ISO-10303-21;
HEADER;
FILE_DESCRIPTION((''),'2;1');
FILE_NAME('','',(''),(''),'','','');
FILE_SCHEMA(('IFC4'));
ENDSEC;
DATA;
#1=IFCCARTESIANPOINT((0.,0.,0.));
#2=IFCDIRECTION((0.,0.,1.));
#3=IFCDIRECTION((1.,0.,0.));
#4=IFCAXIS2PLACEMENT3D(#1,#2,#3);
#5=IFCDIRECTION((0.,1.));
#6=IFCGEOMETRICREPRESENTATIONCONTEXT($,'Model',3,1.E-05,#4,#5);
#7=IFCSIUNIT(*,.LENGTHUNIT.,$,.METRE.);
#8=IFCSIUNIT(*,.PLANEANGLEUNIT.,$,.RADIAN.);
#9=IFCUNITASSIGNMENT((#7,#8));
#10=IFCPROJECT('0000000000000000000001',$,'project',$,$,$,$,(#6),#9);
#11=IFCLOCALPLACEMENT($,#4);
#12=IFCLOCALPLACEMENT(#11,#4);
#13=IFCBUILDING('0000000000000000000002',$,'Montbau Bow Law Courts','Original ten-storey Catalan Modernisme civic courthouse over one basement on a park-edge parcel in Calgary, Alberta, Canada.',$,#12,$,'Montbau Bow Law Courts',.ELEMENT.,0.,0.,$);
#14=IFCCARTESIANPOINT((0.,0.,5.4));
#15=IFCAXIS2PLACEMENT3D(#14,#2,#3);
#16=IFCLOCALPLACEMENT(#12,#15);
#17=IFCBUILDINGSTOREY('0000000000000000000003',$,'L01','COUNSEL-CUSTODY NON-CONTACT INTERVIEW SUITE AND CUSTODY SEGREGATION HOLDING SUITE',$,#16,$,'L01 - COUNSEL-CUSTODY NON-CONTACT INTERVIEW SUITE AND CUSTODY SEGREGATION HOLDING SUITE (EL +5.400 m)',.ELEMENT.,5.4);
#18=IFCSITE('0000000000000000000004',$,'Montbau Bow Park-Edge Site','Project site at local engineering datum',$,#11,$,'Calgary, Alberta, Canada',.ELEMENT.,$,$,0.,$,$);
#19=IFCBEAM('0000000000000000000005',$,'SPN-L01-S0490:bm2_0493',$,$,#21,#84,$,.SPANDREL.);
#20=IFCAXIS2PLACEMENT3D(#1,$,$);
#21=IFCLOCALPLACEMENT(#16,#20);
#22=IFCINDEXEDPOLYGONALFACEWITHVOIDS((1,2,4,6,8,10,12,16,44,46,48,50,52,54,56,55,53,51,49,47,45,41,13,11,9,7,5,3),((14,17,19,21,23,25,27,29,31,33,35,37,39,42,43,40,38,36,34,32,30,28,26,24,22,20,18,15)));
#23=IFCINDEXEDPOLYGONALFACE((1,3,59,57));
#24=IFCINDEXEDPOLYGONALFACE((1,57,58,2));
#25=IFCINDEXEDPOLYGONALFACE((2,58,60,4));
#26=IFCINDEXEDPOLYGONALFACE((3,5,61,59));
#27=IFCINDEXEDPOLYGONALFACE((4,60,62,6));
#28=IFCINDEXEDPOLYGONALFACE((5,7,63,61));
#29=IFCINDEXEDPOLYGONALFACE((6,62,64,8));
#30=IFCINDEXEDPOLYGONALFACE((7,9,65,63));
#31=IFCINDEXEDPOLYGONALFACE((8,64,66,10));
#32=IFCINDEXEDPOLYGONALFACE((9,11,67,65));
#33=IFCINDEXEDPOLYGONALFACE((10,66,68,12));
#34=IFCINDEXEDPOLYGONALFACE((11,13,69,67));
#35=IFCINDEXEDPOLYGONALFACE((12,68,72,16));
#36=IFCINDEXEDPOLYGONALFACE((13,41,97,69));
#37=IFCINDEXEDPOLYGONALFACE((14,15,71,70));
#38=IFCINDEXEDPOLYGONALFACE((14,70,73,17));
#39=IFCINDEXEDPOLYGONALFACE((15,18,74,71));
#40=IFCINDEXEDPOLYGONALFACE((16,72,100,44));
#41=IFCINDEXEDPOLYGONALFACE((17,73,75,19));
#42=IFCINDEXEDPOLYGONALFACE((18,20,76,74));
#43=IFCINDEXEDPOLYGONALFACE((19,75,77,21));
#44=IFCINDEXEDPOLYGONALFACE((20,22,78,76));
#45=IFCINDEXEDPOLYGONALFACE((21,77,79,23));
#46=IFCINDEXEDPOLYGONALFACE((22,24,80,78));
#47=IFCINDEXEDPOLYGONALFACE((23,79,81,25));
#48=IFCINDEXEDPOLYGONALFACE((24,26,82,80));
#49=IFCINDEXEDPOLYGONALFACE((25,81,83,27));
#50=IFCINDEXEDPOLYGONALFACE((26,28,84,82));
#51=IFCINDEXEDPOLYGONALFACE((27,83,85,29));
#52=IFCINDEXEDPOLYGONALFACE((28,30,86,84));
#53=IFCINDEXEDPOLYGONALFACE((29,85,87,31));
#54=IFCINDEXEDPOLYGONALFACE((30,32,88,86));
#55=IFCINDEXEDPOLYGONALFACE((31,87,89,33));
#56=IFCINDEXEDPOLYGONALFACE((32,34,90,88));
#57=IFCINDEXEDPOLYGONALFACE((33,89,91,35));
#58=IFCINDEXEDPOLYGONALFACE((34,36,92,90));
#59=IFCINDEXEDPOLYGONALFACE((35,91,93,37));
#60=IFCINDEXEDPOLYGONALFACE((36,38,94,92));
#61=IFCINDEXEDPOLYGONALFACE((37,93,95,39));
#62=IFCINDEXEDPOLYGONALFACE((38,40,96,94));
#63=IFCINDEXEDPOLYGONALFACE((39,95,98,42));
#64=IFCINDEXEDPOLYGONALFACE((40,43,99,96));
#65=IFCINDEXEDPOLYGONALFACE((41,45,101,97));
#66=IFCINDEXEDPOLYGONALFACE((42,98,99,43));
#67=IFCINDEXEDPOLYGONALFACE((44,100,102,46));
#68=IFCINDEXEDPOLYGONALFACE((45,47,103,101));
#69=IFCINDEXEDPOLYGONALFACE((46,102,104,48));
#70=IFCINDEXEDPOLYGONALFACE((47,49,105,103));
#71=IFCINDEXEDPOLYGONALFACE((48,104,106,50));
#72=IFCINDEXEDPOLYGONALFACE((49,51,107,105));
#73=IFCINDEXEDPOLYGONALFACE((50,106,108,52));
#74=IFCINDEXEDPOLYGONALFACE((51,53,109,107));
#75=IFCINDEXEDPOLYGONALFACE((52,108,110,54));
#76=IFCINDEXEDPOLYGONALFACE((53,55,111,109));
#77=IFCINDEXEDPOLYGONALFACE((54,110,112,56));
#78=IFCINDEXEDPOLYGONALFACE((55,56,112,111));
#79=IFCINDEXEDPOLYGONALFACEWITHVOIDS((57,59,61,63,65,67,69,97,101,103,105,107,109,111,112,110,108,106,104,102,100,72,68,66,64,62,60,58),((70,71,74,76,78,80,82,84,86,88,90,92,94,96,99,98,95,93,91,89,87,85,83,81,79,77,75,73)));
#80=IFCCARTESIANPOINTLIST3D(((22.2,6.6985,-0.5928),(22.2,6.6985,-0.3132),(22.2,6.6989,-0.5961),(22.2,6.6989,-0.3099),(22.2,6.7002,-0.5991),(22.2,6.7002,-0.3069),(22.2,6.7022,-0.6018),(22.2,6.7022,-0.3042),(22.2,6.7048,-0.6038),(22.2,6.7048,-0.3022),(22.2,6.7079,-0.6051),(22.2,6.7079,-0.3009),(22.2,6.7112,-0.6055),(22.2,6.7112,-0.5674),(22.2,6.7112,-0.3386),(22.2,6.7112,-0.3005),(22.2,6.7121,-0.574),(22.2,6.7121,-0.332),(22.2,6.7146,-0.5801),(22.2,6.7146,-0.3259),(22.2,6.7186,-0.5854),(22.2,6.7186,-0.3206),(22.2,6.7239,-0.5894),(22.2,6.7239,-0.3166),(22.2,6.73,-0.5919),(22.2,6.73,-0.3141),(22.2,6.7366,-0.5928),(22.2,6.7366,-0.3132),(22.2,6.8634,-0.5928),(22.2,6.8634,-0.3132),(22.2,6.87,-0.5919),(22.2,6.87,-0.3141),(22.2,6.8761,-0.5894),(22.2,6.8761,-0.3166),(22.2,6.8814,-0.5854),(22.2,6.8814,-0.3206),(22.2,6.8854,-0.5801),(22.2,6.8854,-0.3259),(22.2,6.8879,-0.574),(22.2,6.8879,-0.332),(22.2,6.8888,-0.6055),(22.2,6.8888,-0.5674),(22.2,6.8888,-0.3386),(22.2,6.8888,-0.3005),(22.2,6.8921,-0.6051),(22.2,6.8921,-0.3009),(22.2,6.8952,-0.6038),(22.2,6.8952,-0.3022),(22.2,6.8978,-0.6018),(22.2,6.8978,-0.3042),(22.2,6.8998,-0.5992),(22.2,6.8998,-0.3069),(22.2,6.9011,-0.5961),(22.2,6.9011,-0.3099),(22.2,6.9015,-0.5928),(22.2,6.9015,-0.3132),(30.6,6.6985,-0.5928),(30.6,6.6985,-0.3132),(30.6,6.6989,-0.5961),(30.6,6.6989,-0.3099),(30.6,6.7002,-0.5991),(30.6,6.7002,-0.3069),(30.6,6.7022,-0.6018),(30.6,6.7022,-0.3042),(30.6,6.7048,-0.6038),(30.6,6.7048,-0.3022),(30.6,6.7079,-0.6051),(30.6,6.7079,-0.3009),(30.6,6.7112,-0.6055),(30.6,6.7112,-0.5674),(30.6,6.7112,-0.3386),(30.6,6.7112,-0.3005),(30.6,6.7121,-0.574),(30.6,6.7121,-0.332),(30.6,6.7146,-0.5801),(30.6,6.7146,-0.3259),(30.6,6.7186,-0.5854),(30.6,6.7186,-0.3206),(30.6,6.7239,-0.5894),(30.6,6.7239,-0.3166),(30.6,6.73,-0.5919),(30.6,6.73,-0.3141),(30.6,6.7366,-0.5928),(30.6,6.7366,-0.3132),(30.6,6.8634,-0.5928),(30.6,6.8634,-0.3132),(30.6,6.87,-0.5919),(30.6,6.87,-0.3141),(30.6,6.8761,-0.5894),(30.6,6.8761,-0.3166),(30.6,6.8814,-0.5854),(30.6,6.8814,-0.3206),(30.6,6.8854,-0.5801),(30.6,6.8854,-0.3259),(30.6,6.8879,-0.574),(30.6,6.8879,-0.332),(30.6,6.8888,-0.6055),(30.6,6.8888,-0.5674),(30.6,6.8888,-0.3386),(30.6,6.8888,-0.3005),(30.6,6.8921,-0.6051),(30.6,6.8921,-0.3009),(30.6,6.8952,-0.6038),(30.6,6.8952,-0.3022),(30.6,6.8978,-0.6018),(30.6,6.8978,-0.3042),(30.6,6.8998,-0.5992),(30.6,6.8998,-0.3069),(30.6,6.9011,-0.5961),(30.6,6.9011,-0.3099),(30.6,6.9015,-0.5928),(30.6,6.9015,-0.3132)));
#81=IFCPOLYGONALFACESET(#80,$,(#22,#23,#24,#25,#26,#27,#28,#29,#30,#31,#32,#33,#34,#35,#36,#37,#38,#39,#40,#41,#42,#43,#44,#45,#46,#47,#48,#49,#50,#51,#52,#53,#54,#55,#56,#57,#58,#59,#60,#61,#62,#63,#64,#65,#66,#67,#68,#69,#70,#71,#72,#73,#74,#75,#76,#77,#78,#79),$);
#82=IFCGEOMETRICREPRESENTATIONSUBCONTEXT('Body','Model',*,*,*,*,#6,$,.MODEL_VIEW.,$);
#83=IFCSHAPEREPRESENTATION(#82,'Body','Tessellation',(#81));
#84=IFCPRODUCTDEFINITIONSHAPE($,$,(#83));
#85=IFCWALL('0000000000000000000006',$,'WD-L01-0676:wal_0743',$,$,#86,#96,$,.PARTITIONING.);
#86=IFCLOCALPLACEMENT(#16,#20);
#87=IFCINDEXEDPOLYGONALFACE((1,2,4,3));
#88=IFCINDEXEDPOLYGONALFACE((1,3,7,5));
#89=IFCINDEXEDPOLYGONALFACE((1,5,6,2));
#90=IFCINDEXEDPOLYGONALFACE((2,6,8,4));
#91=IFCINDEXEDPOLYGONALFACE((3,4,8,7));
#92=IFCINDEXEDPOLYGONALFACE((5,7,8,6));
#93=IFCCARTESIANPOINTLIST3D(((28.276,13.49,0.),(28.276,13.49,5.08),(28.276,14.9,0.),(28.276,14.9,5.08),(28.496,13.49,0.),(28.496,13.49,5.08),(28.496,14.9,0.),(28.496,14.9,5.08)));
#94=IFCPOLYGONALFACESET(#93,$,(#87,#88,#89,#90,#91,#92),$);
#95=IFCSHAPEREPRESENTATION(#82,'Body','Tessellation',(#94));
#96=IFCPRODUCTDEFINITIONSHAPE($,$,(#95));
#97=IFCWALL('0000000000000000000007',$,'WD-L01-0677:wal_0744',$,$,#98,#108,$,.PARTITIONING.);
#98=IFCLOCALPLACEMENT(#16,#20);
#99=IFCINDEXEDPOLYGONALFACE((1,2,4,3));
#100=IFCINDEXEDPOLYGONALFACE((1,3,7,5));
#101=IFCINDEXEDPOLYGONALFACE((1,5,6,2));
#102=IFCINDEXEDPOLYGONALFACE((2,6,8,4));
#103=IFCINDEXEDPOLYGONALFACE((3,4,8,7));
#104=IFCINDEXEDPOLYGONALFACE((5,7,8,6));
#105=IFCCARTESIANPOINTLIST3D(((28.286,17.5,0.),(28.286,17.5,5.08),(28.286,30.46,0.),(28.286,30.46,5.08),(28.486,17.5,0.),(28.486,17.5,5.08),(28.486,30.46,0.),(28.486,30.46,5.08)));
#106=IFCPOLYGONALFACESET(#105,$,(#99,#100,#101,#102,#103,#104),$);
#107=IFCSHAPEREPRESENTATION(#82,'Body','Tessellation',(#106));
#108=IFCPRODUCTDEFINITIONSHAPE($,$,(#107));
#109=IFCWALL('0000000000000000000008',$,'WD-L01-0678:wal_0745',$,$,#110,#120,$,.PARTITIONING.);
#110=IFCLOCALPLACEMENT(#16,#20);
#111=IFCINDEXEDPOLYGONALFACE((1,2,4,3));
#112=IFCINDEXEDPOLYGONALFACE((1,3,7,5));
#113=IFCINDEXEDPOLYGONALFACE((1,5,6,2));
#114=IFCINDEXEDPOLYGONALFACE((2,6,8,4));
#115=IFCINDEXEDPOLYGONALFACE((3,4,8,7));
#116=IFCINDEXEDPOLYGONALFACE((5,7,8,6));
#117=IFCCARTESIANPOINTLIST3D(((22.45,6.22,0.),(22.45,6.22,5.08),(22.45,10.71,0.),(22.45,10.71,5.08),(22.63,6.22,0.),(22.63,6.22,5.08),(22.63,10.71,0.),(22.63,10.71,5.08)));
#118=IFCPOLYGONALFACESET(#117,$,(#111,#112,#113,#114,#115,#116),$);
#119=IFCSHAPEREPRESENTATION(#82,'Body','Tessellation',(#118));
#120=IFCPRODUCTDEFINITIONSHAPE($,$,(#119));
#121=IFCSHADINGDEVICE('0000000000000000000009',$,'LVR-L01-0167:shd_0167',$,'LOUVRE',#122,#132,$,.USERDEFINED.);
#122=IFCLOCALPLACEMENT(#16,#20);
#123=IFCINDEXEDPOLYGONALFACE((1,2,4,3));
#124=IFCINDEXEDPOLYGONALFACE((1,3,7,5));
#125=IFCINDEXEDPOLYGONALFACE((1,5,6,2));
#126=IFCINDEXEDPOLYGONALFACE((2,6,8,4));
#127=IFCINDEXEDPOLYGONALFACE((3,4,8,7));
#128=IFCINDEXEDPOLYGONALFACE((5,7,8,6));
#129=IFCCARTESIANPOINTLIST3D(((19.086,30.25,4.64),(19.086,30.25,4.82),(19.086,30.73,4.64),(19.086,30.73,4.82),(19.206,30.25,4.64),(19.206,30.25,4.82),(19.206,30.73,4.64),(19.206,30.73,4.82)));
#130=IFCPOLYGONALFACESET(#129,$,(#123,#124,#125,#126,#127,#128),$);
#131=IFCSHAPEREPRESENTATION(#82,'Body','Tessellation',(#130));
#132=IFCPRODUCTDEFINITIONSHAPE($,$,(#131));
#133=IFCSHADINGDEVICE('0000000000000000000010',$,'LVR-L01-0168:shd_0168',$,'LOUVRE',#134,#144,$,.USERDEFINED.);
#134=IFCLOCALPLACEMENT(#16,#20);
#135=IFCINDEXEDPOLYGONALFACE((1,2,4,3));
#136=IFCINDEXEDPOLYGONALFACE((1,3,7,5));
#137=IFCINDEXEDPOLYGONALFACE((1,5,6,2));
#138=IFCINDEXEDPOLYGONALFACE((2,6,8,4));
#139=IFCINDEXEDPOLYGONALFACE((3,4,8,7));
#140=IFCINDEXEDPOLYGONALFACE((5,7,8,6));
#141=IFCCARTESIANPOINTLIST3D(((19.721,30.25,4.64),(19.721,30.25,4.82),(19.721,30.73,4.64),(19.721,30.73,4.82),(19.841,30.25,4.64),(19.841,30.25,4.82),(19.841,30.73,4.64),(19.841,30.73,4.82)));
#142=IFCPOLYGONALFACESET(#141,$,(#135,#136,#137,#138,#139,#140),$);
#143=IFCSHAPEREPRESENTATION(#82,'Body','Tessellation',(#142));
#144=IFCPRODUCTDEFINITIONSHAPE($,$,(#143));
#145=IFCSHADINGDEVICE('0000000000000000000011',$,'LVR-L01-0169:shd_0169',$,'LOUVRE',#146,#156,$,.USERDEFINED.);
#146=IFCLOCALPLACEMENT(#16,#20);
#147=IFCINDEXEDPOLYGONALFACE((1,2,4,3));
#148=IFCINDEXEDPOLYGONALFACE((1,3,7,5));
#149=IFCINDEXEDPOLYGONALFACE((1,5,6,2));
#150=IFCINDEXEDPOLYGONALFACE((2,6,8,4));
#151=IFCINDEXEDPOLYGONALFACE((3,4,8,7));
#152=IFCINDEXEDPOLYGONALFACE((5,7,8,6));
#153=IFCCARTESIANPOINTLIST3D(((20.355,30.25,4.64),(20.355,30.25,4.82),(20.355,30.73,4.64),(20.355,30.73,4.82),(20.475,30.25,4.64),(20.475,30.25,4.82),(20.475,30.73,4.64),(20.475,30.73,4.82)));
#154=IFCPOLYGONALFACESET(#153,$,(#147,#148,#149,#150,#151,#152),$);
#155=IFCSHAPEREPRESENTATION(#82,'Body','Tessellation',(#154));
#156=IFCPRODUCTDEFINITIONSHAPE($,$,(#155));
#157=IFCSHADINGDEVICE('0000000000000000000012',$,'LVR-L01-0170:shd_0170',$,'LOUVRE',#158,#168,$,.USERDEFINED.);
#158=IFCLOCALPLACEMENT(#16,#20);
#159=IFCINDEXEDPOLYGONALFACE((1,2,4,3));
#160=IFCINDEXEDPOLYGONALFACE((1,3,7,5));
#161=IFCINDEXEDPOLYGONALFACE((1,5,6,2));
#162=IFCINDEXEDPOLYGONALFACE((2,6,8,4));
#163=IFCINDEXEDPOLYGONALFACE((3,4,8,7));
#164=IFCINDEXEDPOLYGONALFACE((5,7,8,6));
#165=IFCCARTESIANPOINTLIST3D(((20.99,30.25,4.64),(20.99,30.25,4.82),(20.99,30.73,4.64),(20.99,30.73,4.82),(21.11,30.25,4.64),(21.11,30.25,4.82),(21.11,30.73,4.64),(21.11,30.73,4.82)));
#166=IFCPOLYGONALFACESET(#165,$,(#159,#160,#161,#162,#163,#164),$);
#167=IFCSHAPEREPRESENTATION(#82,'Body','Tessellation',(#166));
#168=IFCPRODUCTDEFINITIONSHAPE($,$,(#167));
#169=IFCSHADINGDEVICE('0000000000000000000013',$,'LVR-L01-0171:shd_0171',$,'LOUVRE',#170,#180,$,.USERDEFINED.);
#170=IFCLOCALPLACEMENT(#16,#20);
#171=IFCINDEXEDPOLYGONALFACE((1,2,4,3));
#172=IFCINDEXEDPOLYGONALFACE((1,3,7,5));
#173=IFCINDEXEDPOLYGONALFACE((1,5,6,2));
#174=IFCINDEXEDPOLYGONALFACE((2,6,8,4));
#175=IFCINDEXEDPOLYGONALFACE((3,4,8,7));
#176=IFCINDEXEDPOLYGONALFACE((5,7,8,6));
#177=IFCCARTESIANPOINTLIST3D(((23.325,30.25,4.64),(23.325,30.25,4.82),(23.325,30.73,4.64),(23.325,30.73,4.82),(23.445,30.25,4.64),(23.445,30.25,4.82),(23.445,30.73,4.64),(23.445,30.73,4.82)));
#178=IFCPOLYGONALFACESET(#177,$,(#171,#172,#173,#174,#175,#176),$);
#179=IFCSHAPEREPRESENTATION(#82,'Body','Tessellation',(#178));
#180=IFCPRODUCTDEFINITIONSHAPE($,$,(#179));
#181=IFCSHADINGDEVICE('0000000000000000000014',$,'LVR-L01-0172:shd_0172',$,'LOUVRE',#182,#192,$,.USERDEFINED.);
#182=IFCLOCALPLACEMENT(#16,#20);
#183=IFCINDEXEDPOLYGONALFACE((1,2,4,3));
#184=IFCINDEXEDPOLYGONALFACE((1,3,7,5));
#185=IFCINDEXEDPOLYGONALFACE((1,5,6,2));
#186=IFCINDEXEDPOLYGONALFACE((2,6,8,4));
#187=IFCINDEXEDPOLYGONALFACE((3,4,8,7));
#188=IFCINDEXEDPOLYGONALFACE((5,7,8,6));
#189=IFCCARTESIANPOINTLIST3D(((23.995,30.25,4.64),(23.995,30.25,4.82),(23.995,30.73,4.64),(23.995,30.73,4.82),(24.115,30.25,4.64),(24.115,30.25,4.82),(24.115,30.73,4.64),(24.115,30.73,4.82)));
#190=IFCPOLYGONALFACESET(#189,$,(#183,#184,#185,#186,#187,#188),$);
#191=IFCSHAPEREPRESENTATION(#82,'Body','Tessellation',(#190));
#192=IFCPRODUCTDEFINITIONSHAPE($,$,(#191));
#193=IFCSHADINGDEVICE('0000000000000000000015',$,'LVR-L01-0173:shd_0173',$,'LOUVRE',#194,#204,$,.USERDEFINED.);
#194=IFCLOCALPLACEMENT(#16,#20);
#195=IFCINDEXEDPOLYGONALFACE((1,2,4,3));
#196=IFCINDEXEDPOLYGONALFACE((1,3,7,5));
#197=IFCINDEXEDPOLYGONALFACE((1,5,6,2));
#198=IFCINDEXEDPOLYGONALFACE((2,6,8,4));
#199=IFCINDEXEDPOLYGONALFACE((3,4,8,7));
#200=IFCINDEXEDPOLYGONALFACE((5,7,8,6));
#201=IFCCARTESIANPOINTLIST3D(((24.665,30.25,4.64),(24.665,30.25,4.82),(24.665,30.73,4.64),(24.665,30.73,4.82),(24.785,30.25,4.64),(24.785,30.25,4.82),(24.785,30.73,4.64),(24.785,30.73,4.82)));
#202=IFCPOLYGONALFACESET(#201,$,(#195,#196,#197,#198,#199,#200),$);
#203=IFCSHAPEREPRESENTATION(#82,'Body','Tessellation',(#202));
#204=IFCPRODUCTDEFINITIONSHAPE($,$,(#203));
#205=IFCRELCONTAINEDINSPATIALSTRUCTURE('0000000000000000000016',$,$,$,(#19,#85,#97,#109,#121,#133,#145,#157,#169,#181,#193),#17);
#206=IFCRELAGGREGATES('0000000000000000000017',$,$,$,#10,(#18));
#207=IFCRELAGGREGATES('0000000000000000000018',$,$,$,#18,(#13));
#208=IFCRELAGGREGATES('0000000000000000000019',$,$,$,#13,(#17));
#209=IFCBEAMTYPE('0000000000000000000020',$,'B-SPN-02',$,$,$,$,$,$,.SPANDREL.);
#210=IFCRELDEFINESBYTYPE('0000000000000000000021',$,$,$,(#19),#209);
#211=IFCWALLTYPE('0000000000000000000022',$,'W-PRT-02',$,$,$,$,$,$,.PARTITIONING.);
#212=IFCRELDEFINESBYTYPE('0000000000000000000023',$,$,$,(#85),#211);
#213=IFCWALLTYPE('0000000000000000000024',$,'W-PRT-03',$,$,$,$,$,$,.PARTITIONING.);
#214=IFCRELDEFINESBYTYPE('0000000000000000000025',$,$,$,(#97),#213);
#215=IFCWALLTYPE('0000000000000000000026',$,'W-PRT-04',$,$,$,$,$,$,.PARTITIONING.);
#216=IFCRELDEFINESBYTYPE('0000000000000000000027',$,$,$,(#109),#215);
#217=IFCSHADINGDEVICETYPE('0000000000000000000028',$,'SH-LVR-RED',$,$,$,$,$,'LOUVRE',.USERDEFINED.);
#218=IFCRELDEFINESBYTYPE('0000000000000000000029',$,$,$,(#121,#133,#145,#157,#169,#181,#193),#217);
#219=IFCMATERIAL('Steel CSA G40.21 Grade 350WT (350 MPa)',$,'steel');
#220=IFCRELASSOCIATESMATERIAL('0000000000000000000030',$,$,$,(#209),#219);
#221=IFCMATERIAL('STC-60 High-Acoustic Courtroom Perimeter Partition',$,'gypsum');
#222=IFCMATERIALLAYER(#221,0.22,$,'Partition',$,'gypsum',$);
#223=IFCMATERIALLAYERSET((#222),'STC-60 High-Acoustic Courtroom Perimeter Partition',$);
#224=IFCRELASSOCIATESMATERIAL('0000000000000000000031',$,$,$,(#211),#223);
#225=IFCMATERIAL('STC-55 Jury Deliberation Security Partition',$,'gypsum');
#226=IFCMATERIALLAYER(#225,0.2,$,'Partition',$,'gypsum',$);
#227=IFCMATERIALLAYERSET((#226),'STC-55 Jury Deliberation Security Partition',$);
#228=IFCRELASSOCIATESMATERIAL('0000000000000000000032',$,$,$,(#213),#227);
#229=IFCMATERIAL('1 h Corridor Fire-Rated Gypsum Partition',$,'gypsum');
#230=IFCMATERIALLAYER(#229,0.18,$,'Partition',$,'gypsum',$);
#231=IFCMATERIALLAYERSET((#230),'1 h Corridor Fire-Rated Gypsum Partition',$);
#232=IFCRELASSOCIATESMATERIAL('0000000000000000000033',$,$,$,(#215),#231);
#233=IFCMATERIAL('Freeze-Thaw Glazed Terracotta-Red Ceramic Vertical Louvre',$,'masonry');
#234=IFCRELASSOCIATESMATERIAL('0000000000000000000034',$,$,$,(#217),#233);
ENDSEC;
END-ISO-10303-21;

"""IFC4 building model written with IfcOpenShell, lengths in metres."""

from ifc_helpers import new_model, si_unit, direction, frame, frame_2d, origin_with_axes, origin_2d_with_axis, place, context, subcontext, project, spatial, rectangle, hollow_rectangle, extrude, material, layer, layer_set, material_profile, profile_set, type_object, element, save


model = new_model("IFC4")

# Units and contexts
model_context = context("Model", 3, precision=1e-05, world=origin_with_axes(), true_north=direction((0.0, 1.0)))
body_context = subcontext(model_context, "Body", "Model", "MODEL_VIEW")
ifc_project = project(units=[si_unit("LENGTHUNIT", "METRE"), si_unit("PLANEANGLEUNIT", "RADIAN")], contexts=[model_context])

# Site, building, storey
site_placement = place(None, origin_with_axes())
site = spatial("IfcSite", under=ifc_project, at=site_placement, Name="Montbau Bow Park-Edge Site", Description="Project site at local engineering datum", LongName="Calgary, Alberta, Canada", CompositionType="ELEMENT", RefElevation=0.0)
building_placement = place(site_placement, origin_with_axes())
building = spatial("IfcBuilding", under=site, at=building_placement, Name="Montbau Bow Law Courts", Description="Original ten-storey Catalan Modernisme civic courthouse over one basement on a park-edge parcel in Calgary, Alberta, Canada.", LongName="Montbau Bow Law Courts", CompositionType="ELEMENT", ElevationOfRefHeight=0.0, ElevationOfTerrain=0.0)
storey_placement = place(building_placement, frame((0.0, 0.0, 5.4), z_axis=(0.0, 0.0, 1.0), x_axis=(1.0, 0.0, 0.0)))
storey = spatial("IfcBuildingStorey", under=building, at=storey_placement, Name="L01", Description="COUNSEL-CUSTODY NON-CONTACT INTERVIEW SUITE AND CUSTODY SEGREGATION HOLDING SUITE", LongName="L01 - COUNSEL-CUSTODY NON-CONTACT INTERVIEW SUITE AND CUSTODY SEGREGATION HOLDING SUITE (EL +5.400 m)", CompositionType="ELEMENT", Elevation=5.4)

# Beam
ifc_material_1 = material(Name="Steel CSA G40.21 Grade 350WT (350 MPa)", Category="steel")
ifc_material_profile_1 = material_profile(ifc_material_1, hollow_rectangle(XDim=0.203, YDim=0.305, WallThickness=0.0127, InnerFilletRadius=0.0254, OuterFilletRadius=0.0127, at=origin_2d_with_axis()), Name="HSS305X203X13", Category="Main", Priority=0)
ifc_profile_set_1 = profile_set([ifc_material_profile_1], Name="Steel CSA G40.21 Grade 350WT (350 MPa)")
beam_type_1 = type_object("IfcBeamType", Name="B-SPN-02", PredefinedType="SPANDREL", material=ifc_profile_set_1)
beam_1_placement = place(None, frame((22.2, 6.8, 4.947), z_axis=(1.0, 0.0, 0.0), x_axis=(0.0, 1.0, 0.0)))
element("IfcBeam", 1, at=beam_1_placement, inside=storey, type_object=beam_type_1, Name="SPN-L01-S0490:bm2_0493", PredefinedType="SPANDREL", context=body_context, shape_type="SweptSolid", body=[
    extrude(hollow_rectangle(XDim=0.203, YDim=0.305, WallThickness=0.0127, InnerFilletRadius=0.0254, OuterFilletRadius=0.0127, at=origin_2d_with_axis()), origin_with_axes(), (0.0, 0.0, 1.0), 8.4),
])

# Walls
ifc_material_2 = material(Name="STC-60 High-Acoustic Courtroom Perimeter Partition", Category="gypsum")
ifc_layer_1 = layer(ifc_material_2, 0.22, Name="Partition", Category="gypsum")
ifc_layer_set_1 = layer_set([ifc_layer_1], Name="STC-60 High-Acoustic Courtroom Perimeter Partition")
wall_type_1 = type_object("IfcWallType", Name="W-PRT-02", PredefinedType="PARTITIONING", material=ifc_layer_set_1)
wall_1_placement = place(None, frame((28.386, 13.49, 5.4), z_axis=(0.0, 0.0, 1.0), x_axis=(0.0, 1.0, 0.0)))
element("IfcWall", 2, at=wall_1_placement, inside=storey, type_object=wall_type_1, Name="WD-L01-0676:wal_0743", PredefinedType="PARTITIONING", context=body_context, shape_type="SweptSolid", body=[
    extrude(rectangle(XDim=1.41, YDim=0.22, at=frame_2d((0.705, 0.0), x_axis=(1.0, 0.0))), origin_with_axes(), (0.0, 0.0, 1.0), 5.08),
])
ifc_material_3 = material(Name="STC-55 Jury Deliberation Security Partition", Category="gypsum")
ifc_layer_2 = layer(ifc_material_3, 0.2, Name="Partition", Category="gypsum")
ifc_layer_set_2 = layer_set([ifc_layer_2], Name="STC-55 Jury Deliberation Security Partition")
wall_type_2 = type_object("IfcWallType", Name="W-PRT-03", PredefinedType="PARTITIONING", material=ifc_layer_set_2)
wall_2_placement = place(None, frame((28.386, 17.5, 5.4), z_axis=(0.0, 0.0, 1.0), x_axis=(0.0, 1.0, 0.0)))
element("IfcWall", 3, at=wall_2_placement, inside=storey, type_object=wall_type_2, Name="WD-L01-0677:wal_0744", PredefinedType="PARTITIONING", context=body_context, shape_type="SweptSolid", body=[
    extrude(rectangle(XDim=12.96, YDim=0.2, at=frame_2d((6.48, 0.0), x_axis=(1.0, 0.0))), origin_with_axes(), (0.0, 0.0, 1.0), 5.08),
])
ifc_material_4 = material(Name="1 h Corridor Fire-Rated Gypsum Partition", Category="gypsum")
ifc_layer_3 = layer(ifc_material_4, 0.18, Name="Partition", Category="gypsum")
ifc_layer_set_3 = layer_set([ifc_layer_3], Name="1 h Corridor Fire-Rated Gypsum Partition")
wall_type_3 = type_object("IfcWallType", Name="W-PRT-04", PredefinedType="PARTITIONING", material=ifc_layer_set_3)
wall_3_placement = place(None, frame((22.54, 6.22, 5.4), z_axis=(0.0, 0.0, 1.0), x_axis=(0.0, 1.0, 0.0)))
element("IfcWall", 4, at=wall_3_placement, inside=storey, type_object=wall_type_3, Name="WD-L01-0678:wal_0745", PredefinedType="PARTITIONING", context=body_context, shape_type="SweptSolid", body=[
    extrude(rectangle(XDim=4.49, YDim=0.18, at=frame_2d((2.245, 0.0), x_axis=(1.0, 0.0))), origin_with_axes(), (0.0, 0.0, 1.0), 5.08),
])

# Shading devices
ifc_material_5 = material(Name="Freeze-Thaw Glazed Terracotta-Red Ceramic Vertical Louvre", Category="masonry")
shading_device_type = type_object("IfcShadingDeviceType", Name="SH-LVR-RED", ElementType="LOUVRE", PredefinedType="USERDEFINED", material=ifc_material_5)
for number, where, z_axis, x_axis, name in (
    (5, (19.146, 30.49, 10.04), (0.0, 0.0, 1.0), (0.0, -1.0, 0.0), "LVR-L01-0167:shd_0167"),
    (6, (19.781, 30.49, 10.04), (0.0, 0.0, 1.0), (0.0, -1.0, 0.0), "LVR-L01-0168:shd_0168"),
    (7, (20.415, 30.49, 10.04), (0.0, 0.0, 1.0), (0.0, -1.0, 0.0), "LVR-L01-0169:shd_0169"),
    (8, (21.05, 30.49, 10.04), (0.0, 0.0, 1.0), (0.0, -1.0, 0.0), "LVR-L01-0170:shd_0170"),
    (9, (23.385, 30.49, 10.04), (0.0, 0.0, 1.0), (0.0, -1.0, 0.0), "LVR-L01-0171:shd_0171"),
    (10, (24.055, 30.49, 10.04), (0.0, 0.0, 1.0), (0.0, -1.0, 0.0), "LVR-L01-0172:shd_0172"),
    (11, (24.725, 30.49, 10.04), (0.0, 0.0, 1.0), (0.0, -1.0, 0.0), "LVR-L01-0173:shd_0173"),
):
    element("IfcShadingDevice", number, at=place(None, frame(where, z_axis=z_axis, x_axis=x_axis)), inside=storey, type_object=shading_device_type, Name=name, ObjectType="LOUVRE", PredefinedType="USERDEFINED", context=body_context, shape_type="SweptSolid", body=[
        extrude(rectangle(XDim=0.48, YDim=0.12, at=origin_2d_with_axis()), origin_with_axes(), (0.0, 0.0, 1.0), 0.18),
    ])

save(model, "model.ifc")
